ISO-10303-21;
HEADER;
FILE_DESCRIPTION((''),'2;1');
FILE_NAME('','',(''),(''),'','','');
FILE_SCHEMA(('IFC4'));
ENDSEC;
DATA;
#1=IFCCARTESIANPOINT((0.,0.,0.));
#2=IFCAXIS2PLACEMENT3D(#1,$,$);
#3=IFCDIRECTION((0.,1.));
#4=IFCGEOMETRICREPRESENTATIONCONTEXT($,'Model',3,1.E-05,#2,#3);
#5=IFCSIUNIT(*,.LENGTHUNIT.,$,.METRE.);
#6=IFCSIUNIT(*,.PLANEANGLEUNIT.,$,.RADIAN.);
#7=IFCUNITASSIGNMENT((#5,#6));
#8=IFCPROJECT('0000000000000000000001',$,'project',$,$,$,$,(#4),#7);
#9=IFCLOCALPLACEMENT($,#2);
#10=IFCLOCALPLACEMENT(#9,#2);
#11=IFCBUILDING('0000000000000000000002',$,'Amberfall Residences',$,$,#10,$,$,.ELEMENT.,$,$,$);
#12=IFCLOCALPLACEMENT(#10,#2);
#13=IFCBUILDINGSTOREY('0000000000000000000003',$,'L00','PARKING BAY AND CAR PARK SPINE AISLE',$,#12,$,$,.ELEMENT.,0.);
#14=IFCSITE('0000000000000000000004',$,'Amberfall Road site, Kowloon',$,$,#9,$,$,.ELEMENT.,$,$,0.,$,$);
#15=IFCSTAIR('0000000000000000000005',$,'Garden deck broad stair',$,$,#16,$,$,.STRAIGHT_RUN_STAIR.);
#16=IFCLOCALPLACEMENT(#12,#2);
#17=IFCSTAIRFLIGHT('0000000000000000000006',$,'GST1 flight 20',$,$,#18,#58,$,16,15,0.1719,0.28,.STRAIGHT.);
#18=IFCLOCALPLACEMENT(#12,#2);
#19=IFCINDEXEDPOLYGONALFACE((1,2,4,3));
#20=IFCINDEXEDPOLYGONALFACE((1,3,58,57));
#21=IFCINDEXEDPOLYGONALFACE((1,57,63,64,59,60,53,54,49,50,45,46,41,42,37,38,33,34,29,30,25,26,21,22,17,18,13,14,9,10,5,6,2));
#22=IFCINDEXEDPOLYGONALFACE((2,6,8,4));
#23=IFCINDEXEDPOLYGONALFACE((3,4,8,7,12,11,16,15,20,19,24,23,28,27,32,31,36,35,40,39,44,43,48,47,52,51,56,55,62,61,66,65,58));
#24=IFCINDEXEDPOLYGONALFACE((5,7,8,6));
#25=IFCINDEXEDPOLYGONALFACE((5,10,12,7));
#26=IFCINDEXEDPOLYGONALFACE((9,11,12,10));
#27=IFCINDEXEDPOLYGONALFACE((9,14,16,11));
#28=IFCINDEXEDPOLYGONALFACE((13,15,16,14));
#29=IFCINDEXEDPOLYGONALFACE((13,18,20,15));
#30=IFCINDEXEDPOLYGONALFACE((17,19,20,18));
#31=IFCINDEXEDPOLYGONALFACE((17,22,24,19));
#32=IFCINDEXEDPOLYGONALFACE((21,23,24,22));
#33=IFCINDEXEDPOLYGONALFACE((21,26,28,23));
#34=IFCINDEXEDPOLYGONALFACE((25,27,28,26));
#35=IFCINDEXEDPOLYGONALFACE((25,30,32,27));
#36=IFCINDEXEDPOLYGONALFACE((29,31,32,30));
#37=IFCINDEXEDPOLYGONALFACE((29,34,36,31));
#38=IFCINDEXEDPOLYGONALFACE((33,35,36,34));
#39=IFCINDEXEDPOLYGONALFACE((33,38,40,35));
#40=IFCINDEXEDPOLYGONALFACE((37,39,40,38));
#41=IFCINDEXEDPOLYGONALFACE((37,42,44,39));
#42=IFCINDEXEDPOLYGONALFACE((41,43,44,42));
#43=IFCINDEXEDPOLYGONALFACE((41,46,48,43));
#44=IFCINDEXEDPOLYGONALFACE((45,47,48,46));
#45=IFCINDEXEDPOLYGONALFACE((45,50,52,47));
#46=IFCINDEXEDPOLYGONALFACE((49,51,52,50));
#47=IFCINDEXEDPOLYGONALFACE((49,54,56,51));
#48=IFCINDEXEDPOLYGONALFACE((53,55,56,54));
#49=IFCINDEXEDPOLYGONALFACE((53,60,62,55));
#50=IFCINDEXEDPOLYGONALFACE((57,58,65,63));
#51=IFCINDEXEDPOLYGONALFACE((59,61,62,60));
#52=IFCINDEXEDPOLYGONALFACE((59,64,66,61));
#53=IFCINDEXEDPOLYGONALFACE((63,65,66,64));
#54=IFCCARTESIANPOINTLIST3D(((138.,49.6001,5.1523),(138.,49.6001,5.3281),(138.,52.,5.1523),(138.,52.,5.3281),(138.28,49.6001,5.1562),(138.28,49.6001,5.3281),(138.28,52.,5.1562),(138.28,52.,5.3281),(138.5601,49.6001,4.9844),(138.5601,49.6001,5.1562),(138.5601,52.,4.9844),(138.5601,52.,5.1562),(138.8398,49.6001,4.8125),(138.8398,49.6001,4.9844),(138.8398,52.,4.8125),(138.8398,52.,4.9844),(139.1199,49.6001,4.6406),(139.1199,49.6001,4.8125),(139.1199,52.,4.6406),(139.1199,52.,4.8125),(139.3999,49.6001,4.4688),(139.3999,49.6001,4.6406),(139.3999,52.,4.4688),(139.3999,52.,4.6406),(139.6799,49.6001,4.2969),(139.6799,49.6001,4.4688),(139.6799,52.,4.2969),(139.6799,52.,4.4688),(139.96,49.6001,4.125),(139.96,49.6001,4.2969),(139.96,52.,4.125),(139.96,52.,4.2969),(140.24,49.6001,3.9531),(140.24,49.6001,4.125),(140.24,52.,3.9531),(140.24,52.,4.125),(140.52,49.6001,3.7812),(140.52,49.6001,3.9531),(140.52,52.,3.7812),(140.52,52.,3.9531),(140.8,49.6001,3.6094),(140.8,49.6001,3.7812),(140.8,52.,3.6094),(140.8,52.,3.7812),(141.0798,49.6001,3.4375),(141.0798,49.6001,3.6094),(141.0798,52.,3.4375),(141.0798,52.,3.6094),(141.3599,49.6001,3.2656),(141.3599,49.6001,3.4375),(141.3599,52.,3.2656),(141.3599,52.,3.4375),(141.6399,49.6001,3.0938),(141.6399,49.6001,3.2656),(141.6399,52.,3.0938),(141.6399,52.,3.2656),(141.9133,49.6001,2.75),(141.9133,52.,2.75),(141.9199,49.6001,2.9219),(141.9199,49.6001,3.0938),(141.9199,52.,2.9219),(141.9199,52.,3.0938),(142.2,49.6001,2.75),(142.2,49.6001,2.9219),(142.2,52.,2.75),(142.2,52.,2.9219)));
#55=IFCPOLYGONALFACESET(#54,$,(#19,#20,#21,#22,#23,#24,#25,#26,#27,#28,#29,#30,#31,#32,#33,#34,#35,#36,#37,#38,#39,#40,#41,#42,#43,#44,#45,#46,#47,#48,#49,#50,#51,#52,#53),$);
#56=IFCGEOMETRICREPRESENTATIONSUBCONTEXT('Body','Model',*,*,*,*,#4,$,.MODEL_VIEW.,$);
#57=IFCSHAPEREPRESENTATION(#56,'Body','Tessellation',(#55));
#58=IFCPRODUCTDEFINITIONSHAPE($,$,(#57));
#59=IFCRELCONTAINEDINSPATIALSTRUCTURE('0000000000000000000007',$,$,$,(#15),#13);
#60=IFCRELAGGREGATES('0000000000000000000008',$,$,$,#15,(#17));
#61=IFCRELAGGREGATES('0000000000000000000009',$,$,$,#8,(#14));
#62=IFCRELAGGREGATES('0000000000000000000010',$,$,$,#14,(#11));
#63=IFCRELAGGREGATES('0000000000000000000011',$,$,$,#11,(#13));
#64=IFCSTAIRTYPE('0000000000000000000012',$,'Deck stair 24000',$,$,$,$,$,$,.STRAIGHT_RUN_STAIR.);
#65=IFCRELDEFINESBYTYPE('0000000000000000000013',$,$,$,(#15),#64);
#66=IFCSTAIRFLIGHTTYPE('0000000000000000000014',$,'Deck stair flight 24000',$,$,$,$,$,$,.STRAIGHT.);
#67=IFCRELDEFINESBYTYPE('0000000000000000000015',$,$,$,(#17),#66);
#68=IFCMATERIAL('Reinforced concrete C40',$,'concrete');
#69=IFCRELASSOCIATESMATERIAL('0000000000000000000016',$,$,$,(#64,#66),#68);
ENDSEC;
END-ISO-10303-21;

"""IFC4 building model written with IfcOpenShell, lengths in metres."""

from ifc_helpers import new_model, si_unit, direction, frame, origin, place, context, subcontext, project, spatial, polyline, outline, extrude, material, type_object, element, aggregate, save


model = new_model("IFC4")

# Units and contexts
model_context = context("Model", 3, precision=1e-05, world=origin(), true_north=direction((0.0, 1.0)))
body_context = subcontext(model_context, "Body", "Model", "MODEL_VIEW")
ifc_project = project(units=[si_unit("LENGTHUNIT", "METRE"), si_unit("PLANEANGLEUNIT", "RADIAN")], contexts=[model_context])

# Site, building, storey
site_placement = place(None, origin())
site = spatial("IfcSite", under=ifc_project, at=site_placement, Name="Amberfall Road site, Kowloon", CompositionType="ELEMENT", RefElevation=0.0)
building_placement = place(site_placement, origin())
building = spatial("IfcBuilding", under=site, at=building_placement, Name="Amberfall Residences", CompositionType="ELEMENT")
storey_placement = place(building_placement, origin())
storey = spatial("IfcBuildingStorey", under=building, at=storey_placement, Name="L00", Description="PARKING BAY AND CAR PARK SPINE AISLE", CompositionType="ELEMENT", Elevation=0.0)

# Shared definitions
ifc_material_1 = material(Name="Reinforced concrete C40", Category="concrete")

# Stair, stair flight
stair_type = type_object("IfcStairType", Name="Deck stair 24000", PredefinedType="STRAIGHT_RUN_STAIR", material=ifc_material_1)
stair_placement = place(storey_placement, origin())
stair = element("IfcStair", 1, at=stair_placement, inside=storey, type_object=stair_type, Name="Garden deck broad stair", PredefinedType="STRAIGHT_RUN_STAIR")
stair_flight_type = type_object("IfcStairFlightType", Name="Deck stair flight 24000", PredefinedType="STRAIGHT", material=ifc_material_1)
stair_flight_1_placement = place(storey_placement, frame((142.2, 50.8, 2.75), z_axis=(0.0, 0.0, 1.0), x_axis=(-1.0, 0.0, 0.0)))
stair_flight_1 = element("IfcStairFlight", 2, at=stair_flight_1_placement, type_object=stair_flight_type, Name="GST1 flight 20", NumberOfRisers=16, NumberOfTreads=15, PredefinedType="STRAIGHT", RiserHeight=0.1719, TreadLength=0.28, context=body_context, shape_type="SweptSolid", body=[
    extrude(outline(polyline([(0.0, 0.0), (0.0, 0.1719), (0.28, 0.1719), (0.28, 0.3438), (0.5601, 0.3438), (0.5601, 0.5156), (0.8401, 0.5156), (0.8401, 0.6875), (1.1201, 0.6875), (1.1201, 0.8594), (1.3999, 0.8594), (1.3999, 1.0312), (1.6799, 1.0312), (1.6799, 1.2031), (1.96, 1.2031), (1.96, 1.375), (2.24, 1.375), (2.24, 1.5469), (2.52, 1.5469), (2.52, 1.7188), (2.8, 1.7188), (2.8, 1.8906), (3.0801, 1.8906), (3.0801, 2.0625), (3.3601, 2.0625), (3.3601, 2.2344), (3.6399, 2.2344), (3.6399, 2.4062), (3.9199, 2.4062), (3.9199, 2.5781), (4.2, 2.5781), (4.2, 2.75), (4.2, 2.4023), (0.2866, 0.0), (0.0, 0.0)])), frame((0.0, 1.2, 0.0), z_axis=(0.0, -1.0, 0.0), x_axis=(1.0, 0.0, 0.0)), (0.0, 0.0, 1.0), 2.3999),
])
aggregate(stair, [stair_flight_1])

save(model, "model.ifc")
